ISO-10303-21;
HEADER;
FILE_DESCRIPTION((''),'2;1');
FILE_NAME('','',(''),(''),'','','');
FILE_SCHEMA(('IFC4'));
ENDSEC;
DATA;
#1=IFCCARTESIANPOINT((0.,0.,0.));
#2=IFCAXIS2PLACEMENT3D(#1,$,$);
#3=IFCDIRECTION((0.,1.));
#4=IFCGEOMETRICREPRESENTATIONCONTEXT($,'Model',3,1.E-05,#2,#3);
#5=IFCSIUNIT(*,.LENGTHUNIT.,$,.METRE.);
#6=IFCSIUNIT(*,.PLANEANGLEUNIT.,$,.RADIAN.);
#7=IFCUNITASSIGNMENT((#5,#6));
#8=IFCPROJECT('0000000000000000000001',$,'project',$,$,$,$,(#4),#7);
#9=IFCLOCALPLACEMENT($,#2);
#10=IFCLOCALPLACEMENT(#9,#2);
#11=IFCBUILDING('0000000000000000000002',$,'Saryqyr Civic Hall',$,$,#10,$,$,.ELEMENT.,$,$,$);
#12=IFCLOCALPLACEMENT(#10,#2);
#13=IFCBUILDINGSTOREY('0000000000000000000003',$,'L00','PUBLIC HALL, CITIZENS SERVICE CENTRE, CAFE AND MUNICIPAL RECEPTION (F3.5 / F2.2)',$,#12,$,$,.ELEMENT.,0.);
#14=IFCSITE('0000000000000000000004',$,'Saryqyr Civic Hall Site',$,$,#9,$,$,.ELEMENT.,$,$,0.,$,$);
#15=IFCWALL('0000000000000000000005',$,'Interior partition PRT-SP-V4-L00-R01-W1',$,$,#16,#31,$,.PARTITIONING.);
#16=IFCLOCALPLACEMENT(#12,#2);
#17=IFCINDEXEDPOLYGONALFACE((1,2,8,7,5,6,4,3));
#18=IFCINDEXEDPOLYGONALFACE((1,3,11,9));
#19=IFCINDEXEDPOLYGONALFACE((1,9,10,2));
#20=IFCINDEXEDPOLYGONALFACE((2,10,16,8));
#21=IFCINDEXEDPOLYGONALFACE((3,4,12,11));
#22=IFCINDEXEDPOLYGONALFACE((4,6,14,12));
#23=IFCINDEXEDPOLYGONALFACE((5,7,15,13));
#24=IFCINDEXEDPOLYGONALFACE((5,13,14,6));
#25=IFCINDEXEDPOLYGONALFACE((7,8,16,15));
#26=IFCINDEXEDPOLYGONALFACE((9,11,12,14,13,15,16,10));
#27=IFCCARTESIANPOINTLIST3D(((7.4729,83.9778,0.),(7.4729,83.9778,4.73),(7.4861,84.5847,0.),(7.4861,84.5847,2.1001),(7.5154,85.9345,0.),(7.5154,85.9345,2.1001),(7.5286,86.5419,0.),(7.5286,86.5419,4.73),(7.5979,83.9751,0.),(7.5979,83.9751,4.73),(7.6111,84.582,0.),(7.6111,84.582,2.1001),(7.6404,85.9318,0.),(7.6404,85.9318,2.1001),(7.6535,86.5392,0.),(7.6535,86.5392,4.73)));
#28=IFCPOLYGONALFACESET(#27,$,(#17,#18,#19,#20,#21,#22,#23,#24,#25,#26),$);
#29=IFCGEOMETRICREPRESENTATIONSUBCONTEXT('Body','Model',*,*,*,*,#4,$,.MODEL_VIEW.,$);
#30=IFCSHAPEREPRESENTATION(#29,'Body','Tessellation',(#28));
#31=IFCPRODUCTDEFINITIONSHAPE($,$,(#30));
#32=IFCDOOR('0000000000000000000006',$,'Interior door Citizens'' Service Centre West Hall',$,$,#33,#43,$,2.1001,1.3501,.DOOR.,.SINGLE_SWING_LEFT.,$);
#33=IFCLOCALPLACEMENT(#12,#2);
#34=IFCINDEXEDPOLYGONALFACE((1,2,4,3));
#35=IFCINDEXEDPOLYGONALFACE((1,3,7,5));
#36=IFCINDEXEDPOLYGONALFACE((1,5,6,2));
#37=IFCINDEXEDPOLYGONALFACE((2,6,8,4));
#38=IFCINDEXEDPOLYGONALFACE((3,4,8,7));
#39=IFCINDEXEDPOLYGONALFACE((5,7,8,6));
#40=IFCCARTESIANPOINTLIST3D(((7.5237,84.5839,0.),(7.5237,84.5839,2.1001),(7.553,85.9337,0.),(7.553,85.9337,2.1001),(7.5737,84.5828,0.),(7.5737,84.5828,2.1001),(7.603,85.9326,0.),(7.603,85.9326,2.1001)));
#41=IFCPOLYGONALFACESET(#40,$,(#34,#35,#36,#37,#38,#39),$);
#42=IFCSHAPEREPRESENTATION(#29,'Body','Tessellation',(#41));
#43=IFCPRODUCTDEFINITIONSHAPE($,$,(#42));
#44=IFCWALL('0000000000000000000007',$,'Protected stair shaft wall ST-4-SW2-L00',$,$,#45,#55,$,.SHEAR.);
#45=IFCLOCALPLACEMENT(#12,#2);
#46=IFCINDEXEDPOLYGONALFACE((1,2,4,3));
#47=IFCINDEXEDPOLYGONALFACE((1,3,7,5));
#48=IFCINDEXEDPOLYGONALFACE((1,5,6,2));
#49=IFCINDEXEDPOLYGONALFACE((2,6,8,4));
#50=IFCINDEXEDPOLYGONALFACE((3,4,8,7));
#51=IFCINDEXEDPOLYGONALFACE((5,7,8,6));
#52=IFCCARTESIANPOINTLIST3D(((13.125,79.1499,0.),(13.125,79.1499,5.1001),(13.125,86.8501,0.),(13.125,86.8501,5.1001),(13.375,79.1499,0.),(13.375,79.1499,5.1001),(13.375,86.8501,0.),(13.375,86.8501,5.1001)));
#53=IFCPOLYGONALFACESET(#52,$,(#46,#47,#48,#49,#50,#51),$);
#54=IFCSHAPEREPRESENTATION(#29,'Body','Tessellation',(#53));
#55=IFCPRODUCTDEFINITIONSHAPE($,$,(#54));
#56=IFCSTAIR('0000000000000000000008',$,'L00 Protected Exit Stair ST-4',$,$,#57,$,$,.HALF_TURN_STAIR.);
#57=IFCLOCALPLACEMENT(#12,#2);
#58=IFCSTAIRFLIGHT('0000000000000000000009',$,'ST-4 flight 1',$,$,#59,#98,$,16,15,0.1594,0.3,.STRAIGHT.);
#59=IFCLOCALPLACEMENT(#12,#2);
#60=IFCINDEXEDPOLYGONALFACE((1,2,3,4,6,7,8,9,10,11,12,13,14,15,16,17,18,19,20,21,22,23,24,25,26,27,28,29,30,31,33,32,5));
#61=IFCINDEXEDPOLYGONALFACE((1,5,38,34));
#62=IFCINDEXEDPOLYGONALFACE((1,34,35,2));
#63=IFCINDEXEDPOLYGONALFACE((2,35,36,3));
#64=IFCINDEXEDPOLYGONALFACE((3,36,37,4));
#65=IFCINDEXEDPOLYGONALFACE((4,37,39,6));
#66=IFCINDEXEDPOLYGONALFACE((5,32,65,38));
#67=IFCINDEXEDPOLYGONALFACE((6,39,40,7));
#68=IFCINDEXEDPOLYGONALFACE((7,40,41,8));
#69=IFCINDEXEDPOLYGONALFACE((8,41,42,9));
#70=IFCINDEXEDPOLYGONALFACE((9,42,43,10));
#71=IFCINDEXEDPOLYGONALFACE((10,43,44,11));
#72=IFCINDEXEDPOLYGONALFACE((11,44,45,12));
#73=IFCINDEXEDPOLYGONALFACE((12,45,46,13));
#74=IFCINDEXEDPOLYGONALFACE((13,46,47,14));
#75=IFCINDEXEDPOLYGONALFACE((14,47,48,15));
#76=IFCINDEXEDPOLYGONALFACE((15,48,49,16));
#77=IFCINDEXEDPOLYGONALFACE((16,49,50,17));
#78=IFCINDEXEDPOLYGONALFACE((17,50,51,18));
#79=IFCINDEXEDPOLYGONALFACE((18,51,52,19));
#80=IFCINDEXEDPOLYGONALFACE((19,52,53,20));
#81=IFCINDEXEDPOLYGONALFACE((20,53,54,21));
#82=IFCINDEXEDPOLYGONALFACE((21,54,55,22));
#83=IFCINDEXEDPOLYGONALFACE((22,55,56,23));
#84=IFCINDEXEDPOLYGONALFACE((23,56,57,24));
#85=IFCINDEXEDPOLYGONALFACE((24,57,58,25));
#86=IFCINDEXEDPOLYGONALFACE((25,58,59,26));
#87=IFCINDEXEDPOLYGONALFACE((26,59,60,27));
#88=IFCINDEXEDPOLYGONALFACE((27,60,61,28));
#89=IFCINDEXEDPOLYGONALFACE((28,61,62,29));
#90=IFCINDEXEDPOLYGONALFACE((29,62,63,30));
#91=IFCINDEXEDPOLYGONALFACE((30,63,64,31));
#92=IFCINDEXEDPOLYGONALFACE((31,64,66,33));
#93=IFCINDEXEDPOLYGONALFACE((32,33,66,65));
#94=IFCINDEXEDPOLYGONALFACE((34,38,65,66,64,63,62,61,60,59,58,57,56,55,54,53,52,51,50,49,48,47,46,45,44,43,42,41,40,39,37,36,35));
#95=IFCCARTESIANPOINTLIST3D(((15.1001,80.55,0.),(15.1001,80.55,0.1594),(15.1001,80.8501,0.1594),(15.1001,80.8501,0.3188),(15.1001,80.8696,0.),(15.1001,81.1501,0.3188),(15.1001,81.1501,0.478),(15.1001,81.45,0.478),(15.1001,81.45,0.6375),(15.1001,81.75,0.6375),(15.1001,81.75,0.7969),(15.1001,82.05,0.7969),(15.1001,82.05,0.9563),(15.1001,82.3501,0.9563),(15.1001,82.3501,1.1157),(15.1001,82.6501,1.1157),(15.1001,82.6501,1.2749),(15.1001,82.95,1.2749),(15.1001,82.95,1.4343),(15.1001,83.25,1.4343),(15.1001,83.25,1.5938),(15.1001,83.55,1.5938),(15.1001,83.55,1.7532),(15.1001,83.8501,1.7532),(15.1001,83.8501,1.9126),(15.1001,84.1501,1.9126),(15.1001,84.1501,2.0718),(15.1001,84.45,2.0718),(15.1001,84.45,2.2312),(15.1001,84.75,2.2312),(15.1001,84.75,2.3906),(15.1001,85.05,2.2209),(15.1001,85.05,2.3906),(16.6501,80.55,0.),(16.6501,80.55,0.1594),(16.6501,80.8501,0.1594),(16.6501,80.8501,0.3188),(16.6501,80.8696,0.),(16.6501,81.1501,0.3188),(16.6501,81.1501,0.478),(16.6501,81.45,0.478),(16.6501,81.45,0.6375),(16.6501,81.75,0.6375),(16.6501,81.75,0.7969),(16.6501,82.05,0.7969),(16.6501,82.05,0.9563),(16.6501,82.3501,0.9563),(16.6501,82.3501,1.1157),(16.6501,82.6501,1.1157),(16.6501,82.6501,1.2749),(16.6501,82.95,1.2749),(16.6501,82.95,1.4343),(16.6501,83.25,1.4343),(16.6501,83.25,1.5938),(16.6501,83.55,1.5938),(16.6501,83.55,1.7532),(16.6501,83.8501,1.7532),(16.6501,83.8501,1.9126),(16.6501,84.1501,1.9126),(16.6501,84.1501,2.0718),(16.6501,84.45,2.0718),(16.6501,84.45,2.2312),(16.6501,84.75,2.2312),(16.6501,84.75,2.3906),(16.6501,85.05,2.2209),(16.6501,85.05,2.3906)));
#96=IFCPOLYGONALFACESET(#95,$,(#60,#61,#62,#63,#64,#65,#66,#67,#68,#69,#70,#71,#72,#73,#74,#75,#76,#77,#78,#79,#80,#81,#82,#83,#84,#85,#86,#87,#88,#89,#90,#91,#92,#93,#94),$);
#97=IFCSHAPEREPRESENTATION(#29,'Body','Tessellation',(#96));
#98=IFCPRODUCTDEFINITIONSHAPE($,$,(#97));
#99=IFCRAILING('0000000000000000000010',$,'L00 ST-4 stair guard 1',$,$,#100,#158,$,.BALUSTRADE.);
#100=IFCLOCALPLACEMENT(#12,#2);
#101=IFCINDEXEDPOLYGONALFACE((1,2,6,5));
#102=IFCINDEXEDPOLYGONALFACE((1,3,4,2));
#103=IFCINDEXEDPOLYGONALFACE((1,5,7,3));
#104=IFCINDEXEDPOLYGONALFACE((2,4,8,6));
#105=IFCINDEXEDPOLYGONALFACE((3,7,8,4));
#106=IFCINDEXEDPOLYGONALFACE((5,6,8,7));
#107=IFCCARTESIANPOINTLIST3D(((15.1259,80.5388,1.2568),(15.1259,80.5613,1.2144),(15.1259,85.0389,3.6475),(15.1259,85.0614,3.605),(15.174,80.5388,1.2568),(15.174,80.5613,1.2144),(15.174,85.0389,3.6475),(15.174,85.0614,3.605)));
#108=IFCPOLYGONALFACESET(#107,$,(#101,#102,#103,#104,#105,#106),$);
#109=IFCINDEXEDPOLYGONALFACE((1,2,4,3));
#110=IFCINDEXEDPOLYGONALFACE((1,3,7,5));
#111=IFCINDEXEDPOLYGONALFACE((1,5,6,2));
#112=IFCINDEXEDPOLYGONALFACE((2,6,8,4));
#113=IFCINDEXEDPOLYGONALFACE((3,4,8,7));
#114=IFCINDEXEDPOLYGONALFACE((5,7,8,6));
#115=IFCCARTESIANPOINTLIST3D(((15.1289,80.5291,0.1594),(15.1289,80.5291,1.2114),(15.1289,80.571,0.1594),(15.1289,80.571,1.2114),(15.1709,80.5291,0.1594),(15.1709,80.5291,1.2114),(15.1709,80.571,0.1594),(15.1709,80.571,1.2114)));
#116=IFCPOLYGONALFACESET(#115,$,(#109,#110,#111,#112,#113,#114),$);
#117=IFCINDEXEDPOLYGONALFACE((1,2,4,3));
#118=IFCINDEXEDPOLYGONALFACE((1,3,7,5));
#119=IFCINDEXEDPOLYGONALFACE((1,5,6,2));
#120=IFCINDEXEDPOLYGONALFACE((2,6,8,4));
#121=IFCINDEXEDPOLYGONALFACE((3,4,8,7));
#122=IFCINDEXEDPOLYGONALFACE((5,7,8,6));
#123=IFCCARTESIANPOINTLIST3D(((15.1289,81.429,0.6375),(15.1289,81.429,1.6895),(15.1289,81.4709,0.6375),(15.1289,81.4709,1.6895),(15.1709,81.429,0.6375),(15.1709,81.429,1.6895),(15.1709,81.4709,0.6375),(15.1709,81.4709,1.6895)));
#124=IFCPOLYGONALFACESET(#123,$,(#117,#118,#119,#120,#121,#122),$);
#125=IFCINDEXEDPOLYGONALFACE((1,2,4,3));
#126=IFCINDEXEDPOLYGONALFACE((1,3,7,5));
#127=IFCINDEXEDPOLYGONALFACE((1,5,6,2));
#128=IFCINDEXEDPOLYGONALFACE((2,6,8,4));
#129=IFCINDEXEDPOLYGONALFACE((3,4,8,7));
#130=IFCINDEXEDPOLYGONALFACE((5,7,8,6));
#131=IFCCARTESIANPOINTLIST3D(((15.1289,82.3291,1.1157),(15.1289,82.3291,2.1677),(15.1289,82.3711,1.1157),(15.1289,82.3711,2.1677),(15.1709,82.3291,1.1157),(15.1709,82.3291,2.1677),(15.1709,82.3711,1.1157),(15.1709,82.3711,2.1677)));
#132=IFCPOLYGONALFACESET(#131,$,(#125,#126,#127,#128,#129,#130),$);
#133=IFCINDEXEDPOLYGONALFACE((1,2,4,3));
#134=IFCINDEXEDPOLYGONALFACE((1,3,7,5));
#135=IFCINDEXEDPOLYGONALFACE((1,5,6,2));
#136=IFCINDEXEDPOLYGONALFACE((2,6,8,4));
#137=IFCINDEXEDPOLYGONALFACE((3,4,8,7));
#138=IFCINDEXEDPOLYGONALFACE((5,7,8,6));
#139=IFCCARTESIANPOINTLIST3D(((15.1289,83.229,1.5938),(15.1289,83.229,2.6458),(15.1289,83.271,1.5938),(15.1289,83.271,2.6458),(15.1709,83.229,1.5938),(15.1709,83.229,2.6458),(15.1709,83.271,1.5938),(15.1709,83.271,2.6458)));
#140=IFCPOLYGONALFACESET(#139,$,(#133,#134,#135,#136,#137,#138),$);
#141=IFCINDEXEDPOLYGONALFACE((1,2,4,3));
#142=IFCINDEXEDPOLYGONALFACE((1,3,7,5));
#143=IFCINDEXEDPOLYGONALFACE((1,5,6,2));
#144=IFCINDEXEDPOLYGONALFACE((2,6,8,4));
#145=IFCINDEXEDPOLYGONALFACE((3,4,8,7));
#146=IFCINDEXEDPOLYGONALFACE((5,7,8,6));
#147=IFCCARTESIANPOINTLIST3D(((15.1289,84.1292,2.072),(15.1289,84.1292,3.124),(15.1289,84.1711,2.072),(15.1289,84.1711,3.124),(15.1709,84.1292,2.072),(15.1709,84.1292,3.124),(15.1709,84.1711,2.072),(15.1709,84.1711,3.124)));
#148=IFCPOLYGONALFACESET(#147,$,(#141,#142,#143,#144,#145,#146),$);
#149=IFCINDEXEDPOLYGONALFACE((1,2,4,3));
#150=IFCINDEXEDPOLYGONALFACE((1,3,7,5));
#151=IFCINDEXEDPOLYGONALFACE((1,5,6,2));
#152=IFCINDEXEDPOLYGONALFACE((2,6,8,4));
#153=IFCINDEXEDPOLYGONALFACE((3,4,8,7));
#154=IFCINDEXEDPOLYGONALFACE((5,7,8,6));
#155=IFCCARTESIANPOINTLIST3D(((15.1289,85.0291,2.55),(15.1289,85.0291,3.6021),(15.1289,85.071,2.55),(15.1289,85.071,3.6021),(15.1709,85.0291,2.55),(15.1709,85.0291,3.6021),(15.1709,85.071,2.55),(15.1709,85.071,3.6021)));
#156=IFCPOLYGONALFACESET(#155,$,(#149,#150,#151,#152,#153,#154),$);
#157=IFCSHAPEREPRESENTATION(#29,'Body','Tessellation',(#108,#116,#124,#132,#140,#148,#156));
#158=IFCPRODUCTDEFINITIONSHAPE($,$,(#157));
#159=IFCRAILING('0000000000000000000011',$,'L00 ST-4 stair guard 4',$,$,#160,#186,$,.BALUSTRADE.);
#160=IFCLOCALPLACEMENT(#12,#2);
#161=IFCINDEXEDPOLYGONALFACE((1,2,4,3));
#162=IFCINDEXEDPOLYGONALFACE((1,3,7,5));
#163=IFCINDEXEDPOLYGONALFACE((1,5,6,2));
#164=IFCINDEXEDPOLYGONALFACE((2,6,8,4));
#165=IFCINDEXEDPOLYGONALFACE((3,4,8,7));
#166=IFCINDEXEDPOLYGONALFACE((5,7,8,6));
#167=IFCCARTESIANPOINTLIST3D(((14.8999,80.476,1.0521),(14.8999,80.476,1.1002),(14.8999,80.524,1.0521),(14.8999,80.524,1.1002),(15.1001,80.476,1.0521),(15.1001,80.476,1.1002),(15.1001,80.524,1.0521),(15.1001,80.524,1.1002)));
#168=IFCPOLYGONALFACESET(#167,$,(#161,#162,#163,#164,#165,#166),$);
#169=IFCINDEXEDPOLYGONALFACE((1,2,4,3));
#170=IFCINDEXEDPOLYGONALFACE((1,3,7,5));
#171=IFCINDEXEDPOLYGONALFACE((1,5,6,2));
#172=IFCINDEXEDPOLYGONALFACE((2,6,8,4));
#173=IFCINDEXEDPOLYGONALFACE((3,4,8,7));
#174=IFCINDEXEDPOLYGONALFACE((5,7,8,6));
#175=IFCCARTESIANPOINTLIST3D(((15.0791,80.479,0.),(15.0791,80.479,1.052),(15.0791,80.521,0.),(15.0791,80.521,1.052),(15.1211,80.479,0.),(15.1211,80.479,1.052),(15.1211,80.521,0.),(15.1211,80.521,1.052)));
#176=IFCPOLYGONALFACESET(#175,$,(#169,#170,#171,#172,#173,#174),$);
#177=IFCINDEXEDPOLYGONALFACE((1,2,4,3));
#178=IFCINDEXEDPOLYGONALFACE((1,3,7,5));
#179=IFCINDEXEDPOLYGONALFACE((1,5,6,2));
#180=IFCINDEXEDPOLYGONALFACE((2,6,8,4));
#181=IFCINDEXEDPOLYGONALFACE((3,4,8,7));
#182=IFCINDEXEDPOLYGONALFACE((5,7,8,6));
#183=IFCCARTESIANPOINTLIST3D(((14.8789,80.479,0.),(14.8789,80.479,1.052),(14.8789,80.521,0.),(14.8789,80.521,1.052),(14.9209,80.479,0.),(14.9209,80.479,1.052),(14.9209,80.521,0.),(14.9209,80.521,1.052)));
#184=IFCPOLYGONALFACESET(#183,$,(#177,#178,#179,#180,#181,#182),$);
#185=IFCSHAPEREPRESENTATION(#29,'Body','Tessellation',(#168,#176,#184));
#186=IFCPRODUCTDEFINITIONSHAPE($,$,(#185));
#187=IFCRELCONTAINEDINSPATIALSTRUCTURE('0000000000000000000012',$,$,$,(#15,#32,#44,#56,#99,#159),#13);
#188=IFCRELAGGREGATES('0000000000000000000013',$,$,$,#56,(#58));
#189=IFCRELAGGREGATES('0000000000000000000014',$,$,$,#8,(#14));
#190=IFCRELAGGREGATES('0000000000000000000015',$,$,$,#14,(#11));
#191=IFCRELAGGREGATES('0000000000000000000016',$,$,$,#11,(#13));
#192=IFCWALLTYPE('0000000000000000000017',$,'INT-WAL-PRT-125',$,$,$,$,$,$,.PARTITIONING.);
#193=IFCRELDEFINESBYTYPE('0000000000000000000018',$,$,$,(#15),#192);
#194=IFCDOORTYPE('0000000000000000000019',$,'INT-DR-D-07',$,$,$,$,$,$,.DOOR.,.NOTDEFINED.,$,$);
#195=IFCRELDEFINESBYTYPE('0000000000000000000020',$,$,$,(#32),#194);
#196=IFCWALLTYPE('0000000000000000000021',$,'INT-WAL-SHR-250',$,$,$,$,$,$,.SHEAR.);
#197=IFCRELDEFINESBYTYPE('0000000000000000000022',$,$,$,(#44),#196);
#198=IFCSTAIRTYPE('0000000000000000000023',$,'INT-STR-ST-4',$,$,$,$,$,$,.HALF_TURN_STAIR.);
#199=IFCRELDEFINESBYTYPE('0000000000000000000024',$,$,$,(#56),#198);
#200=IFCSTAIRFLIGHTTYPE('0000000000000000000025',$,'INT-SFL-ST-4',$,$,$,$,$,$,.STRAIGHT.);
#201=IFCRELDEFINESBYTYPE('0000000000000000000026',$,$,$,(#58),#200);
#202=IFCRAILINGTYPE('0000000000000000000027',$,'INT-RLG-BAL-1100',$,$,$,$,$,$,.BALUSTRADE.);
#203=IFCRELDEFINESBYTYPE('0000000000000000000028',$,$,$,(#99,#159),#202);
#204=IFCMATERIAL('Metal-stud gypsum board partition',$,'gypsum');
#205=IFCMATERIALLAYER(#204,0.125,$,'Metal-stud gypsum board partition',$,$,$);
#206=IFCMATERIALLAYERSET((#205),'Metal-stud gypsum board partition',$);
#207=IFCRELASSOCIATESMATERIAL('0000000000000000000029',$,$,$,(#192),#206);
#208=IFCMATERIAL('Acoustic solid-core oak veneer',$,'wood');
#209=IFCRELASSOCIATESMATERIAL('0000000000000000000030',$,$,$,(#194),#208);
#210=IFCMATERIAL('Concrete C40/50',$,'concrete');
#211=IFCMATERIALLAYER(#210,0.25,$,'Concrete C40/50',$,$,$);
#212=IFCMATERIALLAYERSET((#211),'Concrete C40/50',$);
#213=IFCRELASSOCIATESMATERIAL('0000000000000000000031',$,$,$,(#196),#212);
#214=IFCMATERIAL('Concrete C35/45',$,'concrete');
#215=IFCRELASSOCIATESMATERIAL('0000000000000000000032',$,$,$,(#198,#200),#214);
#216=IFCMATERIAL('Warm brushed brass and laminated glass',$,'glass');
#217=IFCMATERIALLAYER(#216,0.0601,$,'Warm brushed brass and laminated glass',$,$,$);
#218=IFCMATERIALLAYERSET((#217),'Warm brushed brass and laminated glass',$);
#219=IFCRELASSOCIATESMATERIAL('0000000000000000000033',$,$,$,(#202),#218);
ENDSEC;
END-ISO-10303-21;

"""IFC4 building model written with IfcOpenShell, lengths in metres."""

from ifc_helpers import new_model, si_unit, direction, frame, frame_2d, origin, origin_2d, place, context, subcontext, project, spatial, polyline, rectangle, outline, extrude, material, layer, layer_set, type_object, element, fill, aggregate, save


model = new_model("IFC4")

# Units and contexts
model_context = context("Model", 3, precision=1e-05, world=origin(), true_north=direction((0.0, 1.0)))
body_context = subcontext(model_context, "Body", "Model", "MODEL_VIEW")
ifc_project = project(units=[si_unit("LENGTHUNIT", "METRE"), si_unit("PLANEANGLEUNIT", "RADIAN")], contexts=[model_context])

# Site, building, storey
site_placement = place(None, origin())
site = spatial("IfcSite", under=ifc_project, at=site_placement, Name="Saryqyr Civic Hall Site", CompositionType="ELEMENT", RefElevation=0.0)
building_placement = place(site_placement, origin())
building = spatial("IfcBuilding", under=site, at=building_placement, Name="Saryqyr Civic Hall", CompositionType="ELEMENT")
storey_placement = place(building_placement, origin())
storey = spatial("IfcBuildingStorey", under=building, at=storey_placement, Name="L00", Description="PUBLIC HALL, CITIZENS SERVICE CENTRE, CAFE AND MUNICIPAL RECEPTION (F3.5 / F2.2)", CompositionType="ELEMENT", Elevation=0.0)

# Shared definitions
ifc_material_1 = material(Name="Concrete C40/50", Category="concrete")

# Shared definitions
ifc_material_2 = material(Name="Concrete C35/45", Category="concrete")

# Wall, opening, door
ifc_material_3 = material(Name="Metal-stud gypsum board partition", Category="gypsum")
ifc_layer_1 = layer(ifc_material_3, 0.125, Name="Metal-stud gypsum board partition")
ifc_layer_set_1 = layer_set([ifc_layer_1], Name="Metal-stud gypsum board partition")
wall_type_1 = type_object("IfcWallType", Name="INT-WAL-PRT-125", PredefinedType="PARTITIONING", material=ifc_layer_set_1)
wall_1_placement = place(storey_placement, frame((7.5354, 83.9766, 0.0), z_axis=(0.0, 0.0, 1.0), x_axis=(0.021703, 0.999764, 0.0)))
wall_1 = element("IfcWall", 1, at=wall_1_placement, inside=storey, type_object=wall_type_1, Name="Interior partition PRT-SP-V4-L00-R01-W1", PredefinedType="PARTITIONING", context=body_context, shape_type="SweptSolid", body=[
    extrude(rectangle(XDim=2.5647, YDim=0.125, at=frame_2d((1.2822, 0.0))), origin(), (0.0, 0.0, 1.0), 4.73),
])
opening_1_placement = place(wall_1_placement, frame((0.6069, 0.0, 0.0)))
opening_1 = element("IfcOpeningElement", 2, at=opening_1_placement, cuts=wall_1, PredefinedType="OPENING", context=body_context, shape_type="SweptSolid", body=[
    extrude(rectangle(XDim=1.3501, YDim=2.1001, at=frame_2d((0.675, 1.05))), frame((0.0, 0.0725, 0.0), z_axis=(0.0, -1.0, 0.0), x_axis=(1.0, 0.0, 0.0)), (0.0, 0.0, 1.0), 0.145),
])
ifc_material_4 = material(Name="Acoustic solid-core oak veneer", Category="wood")
door_type_1 = type_object("IfcDoorType", Name="INT-DR-D-07", OperationType="NOTDEFINED", PredefinedType="DOOR", material=ifc_material_4)
door_1_placement = place(opening_1_placement, origin())
door_1 = element("IfcDoor", 3, at=door_1_placement, inside=storey, type_object=door_type_1, Name="Interior door Citizens' Service Centre West Hall", OperationType="SINGLE_SWING_LEFT", OverallHeight=2.1001, OverallWidth=1.3501, PredefinedType="DOOR", context=body_context, shape_type="SweptSolid", body=[
    extrude(rectangle(XDim=1.3501, YDim=2.1001, at=frame_2d((0.675, 1.05))), frame((0.0, 0.0249, 0.0), z_axis=(0.0, -1.0, 0.0), x_axis=(1.0, 0.0, 0.0)), (0.0, 0.0, 1.0), 0.05),
])
fill(opening_1, door_1)

# Wall
ifc_layer_2 = layer(ifc_material_1, 0.25, Name="Concrete C40/50")
ifc_layer_set_2 = layer_set([ifc_layer_2], Name="Concrete C40/50")
wall_type_2 = type_object("IfcWallType", Name="INT-WAL-SHR-250", PredefinedType="SHEAR", material=ifc_layer_set_2)
wall_2_placement = place(storey_placement, frame((13.25, 79.1499, 0.0), z_axis=(0.0, 0.0, 1.0), x_axis=(0.0, 1.0, 0.0)))
element("IfcWall", 4, at=wall_2_placement, inside=storey, type_object=wall_type_2, Name="Protected stair shaft wall ST-4-SW2-L00", PredefinedType="SHEAR", context=body_context, shape_type="SweptSolid", body=[
    extrude(rectangle(XDim=7.7002, YDim=0.25, at=frame_2d((3.8501, 0.0))), origin(), (0.0, 0.0, 1.0), 5.1001),
])

# Stair, stair flight
stair_type = type_object("IfcStairType", Name="INT-STR-ST-4", PredefinedType="HALF_TURN_STAIR", material=ifc_material_2)
stair_placement = place(storey_placement, origin())
stair = element("IfcStair", 5, at=stair_placement, inside=storey, type_object=stair_type, Name="L00 Protected Exit Stair ST-4", PredefinedType="HALF_TURN_STAIR")
stair_flight_type = type_object("IfcStairFlightType", Name="INT-SFL-ST-4", PredefinedType="STRAIGHT", material=ifc_material_2)
stair_flight_placement = place(storey_placement, frame((15.875, 80.55, 0.0), z_axis=(0.0, 0.0, 1.0), x_axis=(0.0, 1.0, 0.0)))
stair_flight = element("IfcStairFlight", 6, at=stair_flight_placement, type_object=stair_flight_type, Name="ST-4 flight 1", NumberOfRisers=16, NumberOfTreads=15, PredefinedType="STRAIGHT", RiserHeight=0.1594, TreadLength=0.3, context=body_context, shape_type="SweptSolid", body=[
    extrude(outline(polyline([(0.0, 0.0), (0.0, 0.1594), (0.3, 0.1594), (0.3, 0.3188), (0.6001, 0.3188), (0.6001, 0.478), (0.8999, 0.478), (0.8999, 0.6375), (1.2, 0.6375), (1.2, 0.7969), (1.5, 0.7969), (1.5, 0.9563), (1.8, 0.9563), (1.8, 1.1157), (2.1001, 1.1157), (2.1001, 1.2749), (2.3999, 1.2749), (2.3999, 1.4343), (2.7, 1.4343), (2.7, 1.5938), (3.0, 1.5938), (3.0, 1.7532), (3.3, 1.7532), (3.3, 1.9126), (3.6001, 1.9126), (3.6001, 2.0718), (3.8999, 2.0718), (3.8999, 2.2312), (4.2, 2.2312), (4.2, 2.3906), (4.5, 2.3906), (4.5, 2.55), (4.5, 2.2209), (0.3196, 0.0), (0.0, 0.0)])), frame((0.0, 0.7749, 0.0), z_axis=(0.0, -1.0, 0.0), x_axis=(1.0, 0.0, 0.0)), (0.0, 0.0, 1.0), 1.55),
])
aggregate(stair, [stair_flight])

# Railings
ifc_material_5 = material(Name="Warm brushed brass and laminated glass", Category="glass")
ifc_layer_3 = layer(ifc_material_5, 0.0601, Name="Warm brushed brass and laminated glass")
ifc_layer_set_3 = layer_set([ifc_layer_3], Name="Warm brushed brass and laminated glass")
railing_type_1 = type_object("IfcRailingType", Name="INT-RLG-BAL-1100", PredefinedType="BALUSTRADE", material=ifc_layer_set_3)
railing_1_placement = place(storey_placement, frame((15.1499, 80.55, 0.1594)))
element("IfcRailing", 7, at=railing_1_placement, inside=storey, type_object=railing_type_1, Name="L00 ST-4 stair guard 1", PredefinedType="BALUSTRADE", context=body_context, shape_type="SweptSolid", body=[
    extrude(rectangle(XDim=0.0481, YDim=0.0481, at=origin_2d()), frame((0.0, 0.0, 1.0762), z_axis=(0.0, 0.883116, 0.469155), x_axis=(-1.0, 0.0, 0.0)), (0.0, 0.0, 1.0), 5.0957),
    extrude(rectangle(XDim=0.042, YDim=0.042, at=origin_2d()), origin(), (0.0, 0.0, 1.0), 1.052),
    extrude(rectangle(XDim=0.042, YDim=0.042, at=origin_2d()), frame((0.0, 0.8999, 0.478)), (0.0, 0.0, 1.0), 1.052),
    extrude(rectangle(XDim=0.042, YDim=0.042, at=origin_2d()), frame((0.0, 1.8, 0.9563)), (0.0, 0.0, 1.0), 1.052),
    extrude(rectangle(XDim=0.042, YDim=0.042, at=origin_2d()), frame((0.0, 2.7, 1.4343)), (0.0, 0.0, 1.0), 1.052),
    extrude(rectangle(XDim=0.042, YDim=0.042, at=origin_2d()), frame((0.0, 3.6001, 1.9126)), (0.0, 0.0, 1.0), 1.052),
    extrude(rectangle(XDim=0.042, YDim=0.042, at=origin_2d()), frame((0.0, 4.5, 2.3906)), (0.0, 0.0, 1.0), 1.052),
])
railing_2_placement = place(storey_placement, frame((15.1001, 80.5, 0.0)))
element("IfcRailing", 8, at=railing_2_placement, inside=storey, type_object=railing_type_1, Name="L00 ST-4 stair guard 4", PredefinedType="BALUSTRADE", context=body_context, shape_type="SweptSolid", body=[
    extrude(rectangle(XDim=0.0481, YDim=0.0481, at=origin_2d()), frame((0.0, 0.0, 1.0762), z_axis=(-1.0, 0.0, 0.0), x_axis=(0.0, -1.0, 0.0)), (0.0, 0.0, 1.0), 0.2002),
    extrude(rectangle(XDim=0.042, YDim=0.042, at=origin_2d()), origin(), (0.0, 0.0, 1.0), 1.052),
    extrude(rectangle(XDim=0.042, YDim=0.042, at=origin_2d()), frame((-0.2002, 0.0, 0.0)), (0.0, 0.0, 1.0), 1.052),
])

save(model, "model.ifc")
